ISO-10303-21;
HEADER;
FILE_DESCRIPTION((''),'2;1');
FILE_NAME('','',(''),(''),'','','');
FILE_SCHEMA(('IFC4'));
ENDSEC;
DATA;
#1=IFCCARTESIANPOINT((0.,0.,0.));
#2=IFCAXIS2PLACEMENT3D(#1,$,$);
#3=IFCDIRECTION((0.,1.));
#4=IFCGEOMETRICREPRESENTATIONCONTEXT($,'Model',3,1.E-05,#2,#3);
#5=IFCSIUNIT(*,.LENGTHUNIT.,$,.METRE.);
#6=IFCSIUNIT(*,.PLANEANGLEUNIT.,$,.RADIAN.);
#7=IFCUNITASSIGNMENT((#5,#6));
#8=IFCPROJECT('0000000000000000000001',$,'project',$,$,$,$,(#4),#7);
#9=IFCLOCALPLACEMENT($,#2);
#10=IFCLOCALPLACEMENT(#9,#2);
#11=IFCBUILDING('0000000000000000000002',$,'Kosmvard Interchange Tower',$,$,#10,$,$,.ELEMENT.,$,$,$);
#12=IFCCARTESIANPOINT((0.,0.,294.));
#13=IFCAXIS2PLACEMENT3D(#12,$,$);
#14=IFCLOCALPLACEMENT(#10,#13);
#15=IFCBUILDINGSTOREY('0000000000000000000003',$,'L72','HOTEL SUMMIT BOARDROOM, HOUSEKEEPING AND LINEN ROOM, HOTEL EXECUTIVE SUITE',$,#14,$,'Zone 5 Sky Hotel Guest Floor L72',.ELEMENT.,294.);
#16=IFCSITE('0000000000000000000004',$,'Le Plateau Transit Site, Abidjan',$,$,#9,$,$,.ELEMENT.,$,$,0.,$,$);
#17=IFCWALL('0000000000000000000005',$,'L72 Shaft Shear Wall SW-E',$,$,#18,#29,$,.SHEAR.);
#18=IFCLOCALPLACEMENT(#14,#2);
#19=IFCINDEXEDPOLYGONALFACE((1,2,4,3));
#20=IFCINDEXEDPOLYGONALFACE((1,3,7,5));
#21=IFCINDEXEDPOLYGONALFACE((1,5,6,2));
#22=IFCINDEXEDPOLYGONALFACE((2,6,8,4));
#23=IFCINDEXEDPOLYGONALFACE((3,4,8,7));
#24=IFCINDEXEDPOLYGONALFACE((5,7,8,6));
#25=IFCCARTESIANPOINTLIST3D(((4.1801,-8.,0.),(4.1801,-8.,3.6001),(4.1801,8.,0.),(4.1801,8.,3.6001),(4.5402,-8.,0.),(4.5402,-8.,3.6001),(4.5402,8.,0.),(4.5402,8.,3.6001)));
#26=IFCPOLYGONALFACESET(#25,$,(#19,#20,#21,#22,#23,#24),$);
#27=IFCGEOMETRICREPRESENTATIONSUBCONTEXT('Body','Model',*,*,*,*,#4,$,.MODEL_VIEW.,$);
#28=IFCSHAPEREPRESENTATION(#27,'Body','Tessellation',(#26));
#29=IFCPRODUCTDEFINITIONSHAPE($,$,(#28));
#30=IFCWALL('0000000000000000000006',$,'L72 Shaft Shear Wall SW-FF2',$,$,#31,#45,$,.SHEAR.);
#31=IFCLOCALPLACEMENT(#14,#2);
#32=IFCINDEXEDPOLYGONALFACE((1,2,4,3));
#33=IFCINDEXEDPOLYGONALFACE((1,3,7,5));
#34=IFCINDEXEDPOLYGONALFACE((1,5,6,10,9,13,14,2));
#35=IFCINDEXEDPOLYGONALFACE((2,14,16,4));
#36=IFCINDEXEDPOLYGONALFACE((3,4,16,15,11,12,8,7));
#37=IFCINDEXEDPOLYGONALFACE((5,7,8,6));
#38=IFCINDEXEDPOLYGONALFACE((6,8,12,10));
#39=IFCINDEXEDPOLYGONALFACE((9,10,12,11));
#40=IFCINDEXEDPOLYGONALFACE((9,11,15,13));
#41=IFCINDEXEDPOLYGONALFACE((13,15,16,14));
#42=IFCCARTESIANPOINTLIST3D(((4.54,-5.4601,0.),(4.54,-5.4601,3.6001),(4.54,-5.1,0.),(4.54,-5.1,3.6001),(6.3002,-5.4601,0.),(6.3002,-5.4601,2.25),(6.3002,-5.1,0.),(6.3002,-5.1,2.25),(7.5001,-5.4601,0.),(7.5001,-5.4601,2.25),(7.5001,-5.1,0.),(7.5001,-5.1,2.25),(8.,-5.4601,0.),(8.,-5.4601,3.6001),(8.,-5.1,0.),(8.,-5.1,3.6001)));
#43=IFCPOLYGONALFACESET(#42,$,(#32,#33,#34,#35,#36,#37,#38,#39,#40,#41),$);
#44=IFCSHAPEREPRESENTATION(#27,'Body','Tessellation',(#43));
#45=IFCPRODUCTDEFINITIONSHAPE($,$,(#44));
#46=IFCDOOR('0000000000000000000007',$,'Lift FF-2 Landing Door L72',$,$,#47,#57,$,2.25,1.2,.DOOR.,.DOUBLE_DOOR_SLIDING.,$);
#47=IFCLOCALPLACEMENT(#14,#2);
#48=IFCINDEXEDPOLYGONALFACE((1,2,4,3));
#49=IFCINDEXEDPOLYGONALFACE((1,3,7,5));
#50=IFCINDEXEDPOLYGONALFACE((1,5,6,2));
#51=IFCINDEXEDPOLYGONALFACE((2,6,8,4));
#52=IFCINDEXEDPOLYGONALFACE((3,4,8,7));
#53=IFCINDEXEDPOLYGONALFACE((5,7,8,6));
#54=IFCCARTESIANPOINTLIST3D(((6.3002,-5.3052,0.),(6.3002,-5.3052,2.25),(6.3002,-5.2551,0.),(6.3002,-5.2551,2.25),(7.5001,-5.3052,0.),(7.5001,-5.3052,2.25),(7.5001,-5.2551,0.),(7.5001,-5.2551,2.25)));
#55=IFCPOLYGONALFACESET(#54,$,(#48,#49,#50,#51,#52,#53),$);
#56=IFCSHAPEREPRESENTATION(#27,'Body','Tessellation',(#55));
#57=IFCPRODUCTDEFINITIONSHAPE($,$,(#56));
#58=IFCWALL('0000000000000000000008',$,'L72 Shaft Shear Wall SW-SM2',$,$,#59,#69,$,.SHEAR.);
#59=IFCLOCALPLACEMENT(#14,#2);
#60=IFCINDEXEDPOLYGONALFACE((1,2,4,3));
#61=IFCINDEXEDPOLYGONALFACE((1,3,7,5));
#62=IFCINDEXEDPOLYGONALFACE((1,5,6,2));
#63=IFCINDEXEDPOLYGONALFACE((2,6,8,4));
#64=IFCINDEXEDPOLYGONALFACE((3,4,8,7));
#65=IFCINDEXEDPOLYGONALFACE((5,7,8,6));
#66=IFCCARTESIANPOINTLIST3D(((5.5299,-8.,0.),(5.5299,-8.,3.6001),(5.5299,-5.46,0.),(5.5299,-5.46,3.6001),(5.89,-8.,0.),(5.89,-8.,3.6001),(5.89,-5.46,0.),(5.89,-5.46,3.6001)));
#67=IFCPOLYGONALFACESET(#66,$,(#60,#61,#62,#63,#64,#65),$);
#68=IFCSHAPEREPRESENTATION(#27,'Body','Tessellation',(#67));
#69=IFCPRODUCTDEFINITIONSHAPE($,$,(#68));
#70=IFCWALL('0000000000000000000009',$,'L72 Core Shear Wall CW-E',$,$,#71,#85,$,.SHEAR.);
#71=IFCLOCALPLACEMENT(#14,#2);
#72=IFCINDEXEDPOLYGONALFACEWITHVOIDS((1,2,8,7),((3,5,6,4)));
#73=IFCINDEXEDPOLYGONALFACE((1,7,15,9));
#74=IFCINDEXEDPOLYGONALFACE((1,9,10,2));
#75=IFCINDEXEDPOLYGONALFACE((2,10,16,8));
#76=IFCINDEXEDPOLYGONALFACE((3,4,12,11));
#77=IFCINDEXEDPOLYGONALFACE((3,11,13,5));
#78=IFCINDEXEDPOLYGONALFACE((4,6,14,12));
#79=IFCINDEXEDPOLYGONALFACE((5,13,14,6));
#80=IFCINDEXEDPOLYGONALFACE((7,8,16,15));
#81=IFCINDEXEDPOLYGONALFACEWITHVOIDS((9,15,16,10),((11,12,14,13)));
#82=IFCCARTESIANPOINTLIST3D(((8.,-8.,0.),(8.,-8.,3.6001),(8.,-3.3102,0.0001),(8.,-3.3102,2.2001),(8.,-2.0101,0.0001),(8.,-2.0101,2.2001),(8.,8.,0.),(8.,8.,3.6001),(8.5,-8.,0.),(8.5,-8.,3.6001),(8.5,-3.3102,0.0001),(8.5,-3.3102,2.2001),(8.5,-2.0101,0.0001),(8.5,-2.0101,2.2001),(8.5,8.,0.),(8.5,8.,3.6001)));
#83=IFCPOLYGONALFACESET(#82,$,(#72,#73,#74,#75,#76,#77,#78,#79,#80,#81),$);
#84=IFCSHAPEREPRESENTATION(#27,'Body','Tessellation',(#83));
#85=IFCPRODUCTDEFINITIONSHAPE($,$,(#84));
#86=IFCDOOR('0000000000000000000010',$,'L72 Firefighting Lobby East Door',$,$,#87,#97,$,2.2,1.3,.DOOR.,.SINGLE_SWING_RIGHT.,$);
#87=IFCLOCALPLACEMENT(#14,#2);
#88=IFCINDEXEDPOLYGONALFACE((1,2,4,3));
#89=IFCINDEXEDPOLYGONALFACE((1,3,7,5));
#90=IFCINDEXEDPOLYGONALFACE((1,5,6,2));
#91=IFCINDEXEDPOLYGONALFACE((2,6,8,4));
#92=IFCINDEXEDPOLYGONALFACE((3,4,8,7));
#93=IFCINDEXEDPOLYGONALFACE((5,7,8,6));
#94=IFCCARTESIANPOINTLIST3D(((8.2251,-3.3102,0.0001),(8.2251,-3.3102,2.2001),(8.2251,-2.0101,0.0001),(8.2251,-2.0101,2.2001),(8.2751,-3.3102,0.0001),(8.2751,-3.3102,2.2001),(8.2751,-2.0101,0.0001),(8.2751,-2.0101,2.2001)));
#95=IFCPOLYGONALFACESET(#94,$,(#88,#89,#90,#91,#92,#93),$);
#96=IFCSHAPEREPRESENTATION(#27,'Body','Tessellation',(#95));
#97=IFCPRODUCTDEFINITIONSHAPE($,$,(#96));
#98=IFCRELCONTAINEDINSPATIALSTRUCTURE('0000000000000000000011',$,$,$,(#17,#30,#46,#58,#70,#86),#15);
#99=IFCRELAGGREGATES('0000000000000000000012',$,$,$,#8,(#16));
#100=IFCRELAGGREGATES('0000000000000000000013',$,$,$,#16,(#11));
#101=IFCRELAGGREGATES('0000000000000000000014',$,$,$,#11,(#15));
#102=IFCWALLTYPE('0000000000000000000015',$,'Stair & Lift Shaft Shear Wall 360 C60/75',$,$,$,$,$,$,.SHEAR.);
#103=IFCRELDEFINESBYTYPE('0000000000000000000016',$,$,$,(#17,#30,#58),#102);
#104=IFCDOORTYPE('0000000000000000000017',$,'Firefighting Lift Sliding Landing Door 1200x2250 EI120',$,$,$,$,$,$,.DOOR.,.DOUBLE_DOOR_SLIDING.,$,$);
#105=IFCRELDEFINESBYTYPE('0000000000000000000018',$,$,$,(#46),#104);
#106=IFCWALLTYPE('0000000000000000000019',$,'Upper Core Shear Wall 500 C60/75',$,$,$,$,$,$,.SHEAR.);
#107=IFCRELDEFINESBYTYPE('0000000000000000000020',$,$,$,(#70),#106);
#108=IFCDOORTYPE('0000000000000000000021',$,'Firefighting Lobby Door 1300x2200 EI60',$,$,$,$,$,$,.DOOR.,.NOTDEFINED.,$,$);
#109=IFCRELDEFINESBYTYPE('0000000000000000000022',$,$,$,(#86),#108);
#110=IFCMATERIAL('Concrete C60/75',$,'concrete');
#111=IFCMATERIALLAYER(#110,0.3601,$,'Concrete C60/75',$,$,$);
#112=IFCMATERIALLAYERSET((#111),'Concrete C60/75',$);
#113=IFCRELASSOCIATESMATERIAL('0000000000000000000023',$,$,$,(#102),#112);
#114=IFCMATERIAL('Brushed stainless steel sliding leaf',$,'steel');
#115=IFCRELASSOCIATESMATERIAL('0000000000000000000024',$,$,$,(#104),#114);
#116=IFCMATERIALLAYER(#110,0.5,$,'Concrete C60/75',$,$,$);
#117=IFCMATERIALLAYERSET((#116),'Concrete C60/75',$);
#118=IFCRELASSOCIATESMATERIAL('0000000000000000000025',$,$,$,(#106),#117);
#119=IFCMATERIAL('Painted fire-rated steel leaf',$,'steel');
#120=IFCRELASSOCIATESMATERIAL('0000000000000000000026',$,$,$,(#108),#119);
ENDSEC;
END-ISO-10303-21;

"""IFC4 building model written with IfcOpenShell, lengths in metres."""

from ifc_helpers import new_model, si_unit, direction, frame, frame_2d, origin, place, context, subcontext, project, spatial, rectangle, extrude, source, transform, mapped, material, layer, layer_set, type_object, element, fill, save


model = new_model("IFC4")

# Units and contexts
model_context = context("Model", 3, precision=1e-05, world=origin(), true_north=direction((0.0, 1.0)))
body_context = subcontext(model_context, "Body", "Model", "MODEL_VIEW")
ifc_project = project(units=[si_unit("LENGTHUNIT", "METRE"), si_unit("PLANEANGLEUNIT", "RADIAN")], contexts=[model_context])

# Site, building, storey
site_placement = place(None, origin())
site = spatial("IfcSite", under=ifc_project, at=site_placement, Name="Le Plateau Transit Site, Abidjan", CompositionType="ELEMENT", RefElevation=0.0)
building_placement = place(site_placement, origin())
building = spatial("IfcBuilding", under=site, at=building_placement, Name="Kosmvard Interchange Tower", CompositionType="ELEMENT")
storey_placement = place(building_placement, frame((0.0, 0.0, 294.0)))
storey = spatial("IfcBuildingStorey", under=building, at=storey_placement, Name="L72", Description="HOTEL SUMMIT BOARDROOM, HOUSEKEEPING AND LINEN ROOM, HOTEL EXECUTIVE SUITE", LongName="Zone 5 Sky Hotel Guest Floor L72", CompositionType="ELEMENT", Elevation=294.0)

# Shared definitions
ifc_material_1 = material(Name="Painted fire-rated steel leaf", Category="steel")
ifc_material_2 = material(Name="Brushed stainless steel sliding leaf", Category="steel")

# Wall
ifc_material_3 = material(Name="Concrete C60/75", Category="concrete")
ifc_layer_1 = layer(ifc_material_3, 0.3601, Name="Concrete C60/75")
ifc_layer_set_1 = layer_set([ifc_layer_1], Name="Concrete C60/75")
wall_type_1 = type_object("IfcWallType", Name="Stair & Lift Shaft Shear Wall 360 C60/75", PredefinedType="SHEAR", material=ifc_layer_set_1)
wall_1_placement = place(storey_placement, frame((4.3601, -8.0, 0.0), z_axis=(0.0, 0.0, 1.0), x_axis=(0.0, 1.0, 0.0)))
element("IfcWall", 1, at=wall_1_placement, inside=storey, type_object=wall_type_1, Name="L72 Shaft Shear Wall SW-E", PredefinedType="SHEAR", context=body_context, shape_type="SweptSolid", body=[
    extrude(rectangle(XDim=16.0, YDim=0.3601, at=frame_2d((8.0, 0.0))), origin(), (0.0, 0.0, 1.0), 3.6001),
])

# Wall, opening, door
wall_2_placement = place(storey_placement, frame((4.54, -5.28, 0.0), z_axis=(0.0, 0.0, 1.0), x_axis=(1.0, 0.0, 0.0)))
wall_2 = element("IfcWall", 2, at=wall_2_placement, inside=storey, type_object=wall_type_1, Name="L72 Shaft Shear Wall SW-FF2", PredefinedType="SHEAR", context=body_context, shape_type="SweptSolid", body=[
    extrude(rectangle(XDim=3.46, YDim=0.3601, at=frame_2d((1.73, 0.0))), origin(), (0.0, 0.0, 1.0), 3.6001),
])
opening_1_placement = place(wall_2_placement, frame((1.76, 0.0, 0.0)))
opening_1 = element("IfcOpeningElement", 3, at=opening_1_placement, cuts=wall_2, PredefinedType="OPENING", context=body_context, shape_type="SweptSolid", body=[
    extrude(rectangle(XDim=1.2, YDim=2.25, at=frame_2d((0.6001, 1.125))), frame((0.0, 0.1899, 0.0), z_axis=(0.0, -1.0, 0.0), x_axis=(1.0, 0.0, 0.0)), (0.0, 0.0, 1.0), 0.3801),
])
door_type_1 = type_object("IfcDoorType", Name="Firefighting Lift Sliding Landing Door 1200x2250 EI120", OperationType="DOUBLE_DOOR_SLIDING", PredefinedType="DOOR", material=ifc_material_2)
shared_shape_1 = source(origin(), body_context, "Body", "SweptSolid", [
    extrude(rectangle(XDim=1.2, YDim=2.25, at=frame_2d((0.6001, 1.125))), frame((0.0, 0.0249, 0.0), z_axis=(0.0, -1.0, 0.0), x_axis=(1.0, 0.0, 0.0)), (0.0, 0.0, 1.0), 0.05),
])
door_1_placement = place(opening_1_placement, origin())
door_1 = element("IfcDoor", 4, at=door_1_placement, inside=storey, type_object=door_type_1, Name="Lift FF-2 Landing Door L72", OperationType="DOUBLE_DOOR_SLIDING", OverallHeight=2.25, OverallWidth=1.2, PredefinedType="DOOR", context=body_context, shape_type="MappedRepresentation", body=[
    mapped(shared_shape_1, transform((0.0, 0.0, 0.0), scale=1.0)),
])
fill(opening_1, door_1)

# Wall
wall_3_placement = place(storey_placement, frame((5.71, -8.0, 0.0), z_axis=(0.0, 0.0, 1.0), x_axis=(0.0, 1.0, 0.0)))
element("IfcWall", 5, at=wall_3_placement, inside=storey, type_object=wall_type_1, Name="L72 Shaft Shear Wall SW-SM2", PredefinedType="SHEAR", context=body_context, shape_type="SweptSolid", body=[
    extrude(rectangle(XDim=2.54, YDim=0.3601, at=frame_2d((1.27, 0.0))), origin(), (0.0, 0.0, 1.0), 3.6001),
])

# Wall, opening, door
ifc_layer_2 = layer(ifc_material_3, 0.5, Name="Concrete C60/75")
ifc_layer_set_2 = layer_set([ifc_layer_2], Name="Concrete C60/75")
wall_type_2 = type_object("IfcWallType", Name="Upper Core Shear Wall 500 C60/75", PredefinedType="SHEAR", material=ifc_layer_set_2)
wall_4_placement = place(storey_placement, frame((8.25, -8.0, 0.0), z_axis=(0.0, 0.0, 1.0), x_axis=(0.0, 1.0, 0.0)))
wall_4 = element("IfcWall", 6, at=wall_4_placement, inside=storey, type_object=wall_type_2, Name="L72 Core Shear Wall CW-E", PredefinedType="SHEAR", context=body_context, shape_type="SweptSolid", body=[
    extrude(rectangle(XDim=16.0, YDim=0.5, at=frame_2d((8.0, 0.0))), origin(), (0.0, 0.0, 1.0), 3.6001),
])
opening_2_placement = place(wall_4_placement, frame((4.6899, 0.0, 0.0)))
opening_2 = element("IfcOpeningElement", 7, at=opening_2_placement, cuts=wall_4, PredefinedType="OPENING", context=body_context, shape_type="SweptSolid", body=[
    extrude(rectangle(XDim=1.3, YDim=2.2, at=frame_2d((0.6499, 1.1001))), frame((0.0, 0.26, 0.0), z_axis=(0.0, -1.0, 0.0), x_axis=(1.0, 0.0, 0.0)), (0.0, 0.0, 1.0), 0.52),
])
door_type_2 = type_object("IfcDoorType", Name="Firefighting Lobby Door 1300x2200 EI60", OperationType="NOTDEFINED", PredefinedType="DOOR", material=ifc_material_1)
shared_shape_2 = source(origin(), body_context, "Body", "SweptSolid", [
    extrude(rectangle(XDim=1.3, YDim=2.2, at=frame_2d((0.6499, 1.1001))), frame((0.0, 0.0249, 0.0), z_axis=(0.0, -1.0, 0.0), x_axis=(1.0, 0.0, 0.0)), (0.0, 0.0, 1.0), 0.05),
])
door_2_placement = place(opening_2_placement, origin())
door_2 = element("IfcDoor", 8, at=door_2_placement, inside=storey, type_object=door_type_2, Name="L72 Firefighting Lobby East Door", OperationType="SINGLE_SWING_RIGHT", OverallHeight=2.2, OverallWidth=1.3, PredefinedType="DOOR", context=body_context, shape_type="MappedRepresentation", body=[
    mapped(shared_shape_2, transform((0.0, 0.0, 0.0), scale=1.0)),
])
fill(opening_2, door_2)

save(model, "model.ifc")
